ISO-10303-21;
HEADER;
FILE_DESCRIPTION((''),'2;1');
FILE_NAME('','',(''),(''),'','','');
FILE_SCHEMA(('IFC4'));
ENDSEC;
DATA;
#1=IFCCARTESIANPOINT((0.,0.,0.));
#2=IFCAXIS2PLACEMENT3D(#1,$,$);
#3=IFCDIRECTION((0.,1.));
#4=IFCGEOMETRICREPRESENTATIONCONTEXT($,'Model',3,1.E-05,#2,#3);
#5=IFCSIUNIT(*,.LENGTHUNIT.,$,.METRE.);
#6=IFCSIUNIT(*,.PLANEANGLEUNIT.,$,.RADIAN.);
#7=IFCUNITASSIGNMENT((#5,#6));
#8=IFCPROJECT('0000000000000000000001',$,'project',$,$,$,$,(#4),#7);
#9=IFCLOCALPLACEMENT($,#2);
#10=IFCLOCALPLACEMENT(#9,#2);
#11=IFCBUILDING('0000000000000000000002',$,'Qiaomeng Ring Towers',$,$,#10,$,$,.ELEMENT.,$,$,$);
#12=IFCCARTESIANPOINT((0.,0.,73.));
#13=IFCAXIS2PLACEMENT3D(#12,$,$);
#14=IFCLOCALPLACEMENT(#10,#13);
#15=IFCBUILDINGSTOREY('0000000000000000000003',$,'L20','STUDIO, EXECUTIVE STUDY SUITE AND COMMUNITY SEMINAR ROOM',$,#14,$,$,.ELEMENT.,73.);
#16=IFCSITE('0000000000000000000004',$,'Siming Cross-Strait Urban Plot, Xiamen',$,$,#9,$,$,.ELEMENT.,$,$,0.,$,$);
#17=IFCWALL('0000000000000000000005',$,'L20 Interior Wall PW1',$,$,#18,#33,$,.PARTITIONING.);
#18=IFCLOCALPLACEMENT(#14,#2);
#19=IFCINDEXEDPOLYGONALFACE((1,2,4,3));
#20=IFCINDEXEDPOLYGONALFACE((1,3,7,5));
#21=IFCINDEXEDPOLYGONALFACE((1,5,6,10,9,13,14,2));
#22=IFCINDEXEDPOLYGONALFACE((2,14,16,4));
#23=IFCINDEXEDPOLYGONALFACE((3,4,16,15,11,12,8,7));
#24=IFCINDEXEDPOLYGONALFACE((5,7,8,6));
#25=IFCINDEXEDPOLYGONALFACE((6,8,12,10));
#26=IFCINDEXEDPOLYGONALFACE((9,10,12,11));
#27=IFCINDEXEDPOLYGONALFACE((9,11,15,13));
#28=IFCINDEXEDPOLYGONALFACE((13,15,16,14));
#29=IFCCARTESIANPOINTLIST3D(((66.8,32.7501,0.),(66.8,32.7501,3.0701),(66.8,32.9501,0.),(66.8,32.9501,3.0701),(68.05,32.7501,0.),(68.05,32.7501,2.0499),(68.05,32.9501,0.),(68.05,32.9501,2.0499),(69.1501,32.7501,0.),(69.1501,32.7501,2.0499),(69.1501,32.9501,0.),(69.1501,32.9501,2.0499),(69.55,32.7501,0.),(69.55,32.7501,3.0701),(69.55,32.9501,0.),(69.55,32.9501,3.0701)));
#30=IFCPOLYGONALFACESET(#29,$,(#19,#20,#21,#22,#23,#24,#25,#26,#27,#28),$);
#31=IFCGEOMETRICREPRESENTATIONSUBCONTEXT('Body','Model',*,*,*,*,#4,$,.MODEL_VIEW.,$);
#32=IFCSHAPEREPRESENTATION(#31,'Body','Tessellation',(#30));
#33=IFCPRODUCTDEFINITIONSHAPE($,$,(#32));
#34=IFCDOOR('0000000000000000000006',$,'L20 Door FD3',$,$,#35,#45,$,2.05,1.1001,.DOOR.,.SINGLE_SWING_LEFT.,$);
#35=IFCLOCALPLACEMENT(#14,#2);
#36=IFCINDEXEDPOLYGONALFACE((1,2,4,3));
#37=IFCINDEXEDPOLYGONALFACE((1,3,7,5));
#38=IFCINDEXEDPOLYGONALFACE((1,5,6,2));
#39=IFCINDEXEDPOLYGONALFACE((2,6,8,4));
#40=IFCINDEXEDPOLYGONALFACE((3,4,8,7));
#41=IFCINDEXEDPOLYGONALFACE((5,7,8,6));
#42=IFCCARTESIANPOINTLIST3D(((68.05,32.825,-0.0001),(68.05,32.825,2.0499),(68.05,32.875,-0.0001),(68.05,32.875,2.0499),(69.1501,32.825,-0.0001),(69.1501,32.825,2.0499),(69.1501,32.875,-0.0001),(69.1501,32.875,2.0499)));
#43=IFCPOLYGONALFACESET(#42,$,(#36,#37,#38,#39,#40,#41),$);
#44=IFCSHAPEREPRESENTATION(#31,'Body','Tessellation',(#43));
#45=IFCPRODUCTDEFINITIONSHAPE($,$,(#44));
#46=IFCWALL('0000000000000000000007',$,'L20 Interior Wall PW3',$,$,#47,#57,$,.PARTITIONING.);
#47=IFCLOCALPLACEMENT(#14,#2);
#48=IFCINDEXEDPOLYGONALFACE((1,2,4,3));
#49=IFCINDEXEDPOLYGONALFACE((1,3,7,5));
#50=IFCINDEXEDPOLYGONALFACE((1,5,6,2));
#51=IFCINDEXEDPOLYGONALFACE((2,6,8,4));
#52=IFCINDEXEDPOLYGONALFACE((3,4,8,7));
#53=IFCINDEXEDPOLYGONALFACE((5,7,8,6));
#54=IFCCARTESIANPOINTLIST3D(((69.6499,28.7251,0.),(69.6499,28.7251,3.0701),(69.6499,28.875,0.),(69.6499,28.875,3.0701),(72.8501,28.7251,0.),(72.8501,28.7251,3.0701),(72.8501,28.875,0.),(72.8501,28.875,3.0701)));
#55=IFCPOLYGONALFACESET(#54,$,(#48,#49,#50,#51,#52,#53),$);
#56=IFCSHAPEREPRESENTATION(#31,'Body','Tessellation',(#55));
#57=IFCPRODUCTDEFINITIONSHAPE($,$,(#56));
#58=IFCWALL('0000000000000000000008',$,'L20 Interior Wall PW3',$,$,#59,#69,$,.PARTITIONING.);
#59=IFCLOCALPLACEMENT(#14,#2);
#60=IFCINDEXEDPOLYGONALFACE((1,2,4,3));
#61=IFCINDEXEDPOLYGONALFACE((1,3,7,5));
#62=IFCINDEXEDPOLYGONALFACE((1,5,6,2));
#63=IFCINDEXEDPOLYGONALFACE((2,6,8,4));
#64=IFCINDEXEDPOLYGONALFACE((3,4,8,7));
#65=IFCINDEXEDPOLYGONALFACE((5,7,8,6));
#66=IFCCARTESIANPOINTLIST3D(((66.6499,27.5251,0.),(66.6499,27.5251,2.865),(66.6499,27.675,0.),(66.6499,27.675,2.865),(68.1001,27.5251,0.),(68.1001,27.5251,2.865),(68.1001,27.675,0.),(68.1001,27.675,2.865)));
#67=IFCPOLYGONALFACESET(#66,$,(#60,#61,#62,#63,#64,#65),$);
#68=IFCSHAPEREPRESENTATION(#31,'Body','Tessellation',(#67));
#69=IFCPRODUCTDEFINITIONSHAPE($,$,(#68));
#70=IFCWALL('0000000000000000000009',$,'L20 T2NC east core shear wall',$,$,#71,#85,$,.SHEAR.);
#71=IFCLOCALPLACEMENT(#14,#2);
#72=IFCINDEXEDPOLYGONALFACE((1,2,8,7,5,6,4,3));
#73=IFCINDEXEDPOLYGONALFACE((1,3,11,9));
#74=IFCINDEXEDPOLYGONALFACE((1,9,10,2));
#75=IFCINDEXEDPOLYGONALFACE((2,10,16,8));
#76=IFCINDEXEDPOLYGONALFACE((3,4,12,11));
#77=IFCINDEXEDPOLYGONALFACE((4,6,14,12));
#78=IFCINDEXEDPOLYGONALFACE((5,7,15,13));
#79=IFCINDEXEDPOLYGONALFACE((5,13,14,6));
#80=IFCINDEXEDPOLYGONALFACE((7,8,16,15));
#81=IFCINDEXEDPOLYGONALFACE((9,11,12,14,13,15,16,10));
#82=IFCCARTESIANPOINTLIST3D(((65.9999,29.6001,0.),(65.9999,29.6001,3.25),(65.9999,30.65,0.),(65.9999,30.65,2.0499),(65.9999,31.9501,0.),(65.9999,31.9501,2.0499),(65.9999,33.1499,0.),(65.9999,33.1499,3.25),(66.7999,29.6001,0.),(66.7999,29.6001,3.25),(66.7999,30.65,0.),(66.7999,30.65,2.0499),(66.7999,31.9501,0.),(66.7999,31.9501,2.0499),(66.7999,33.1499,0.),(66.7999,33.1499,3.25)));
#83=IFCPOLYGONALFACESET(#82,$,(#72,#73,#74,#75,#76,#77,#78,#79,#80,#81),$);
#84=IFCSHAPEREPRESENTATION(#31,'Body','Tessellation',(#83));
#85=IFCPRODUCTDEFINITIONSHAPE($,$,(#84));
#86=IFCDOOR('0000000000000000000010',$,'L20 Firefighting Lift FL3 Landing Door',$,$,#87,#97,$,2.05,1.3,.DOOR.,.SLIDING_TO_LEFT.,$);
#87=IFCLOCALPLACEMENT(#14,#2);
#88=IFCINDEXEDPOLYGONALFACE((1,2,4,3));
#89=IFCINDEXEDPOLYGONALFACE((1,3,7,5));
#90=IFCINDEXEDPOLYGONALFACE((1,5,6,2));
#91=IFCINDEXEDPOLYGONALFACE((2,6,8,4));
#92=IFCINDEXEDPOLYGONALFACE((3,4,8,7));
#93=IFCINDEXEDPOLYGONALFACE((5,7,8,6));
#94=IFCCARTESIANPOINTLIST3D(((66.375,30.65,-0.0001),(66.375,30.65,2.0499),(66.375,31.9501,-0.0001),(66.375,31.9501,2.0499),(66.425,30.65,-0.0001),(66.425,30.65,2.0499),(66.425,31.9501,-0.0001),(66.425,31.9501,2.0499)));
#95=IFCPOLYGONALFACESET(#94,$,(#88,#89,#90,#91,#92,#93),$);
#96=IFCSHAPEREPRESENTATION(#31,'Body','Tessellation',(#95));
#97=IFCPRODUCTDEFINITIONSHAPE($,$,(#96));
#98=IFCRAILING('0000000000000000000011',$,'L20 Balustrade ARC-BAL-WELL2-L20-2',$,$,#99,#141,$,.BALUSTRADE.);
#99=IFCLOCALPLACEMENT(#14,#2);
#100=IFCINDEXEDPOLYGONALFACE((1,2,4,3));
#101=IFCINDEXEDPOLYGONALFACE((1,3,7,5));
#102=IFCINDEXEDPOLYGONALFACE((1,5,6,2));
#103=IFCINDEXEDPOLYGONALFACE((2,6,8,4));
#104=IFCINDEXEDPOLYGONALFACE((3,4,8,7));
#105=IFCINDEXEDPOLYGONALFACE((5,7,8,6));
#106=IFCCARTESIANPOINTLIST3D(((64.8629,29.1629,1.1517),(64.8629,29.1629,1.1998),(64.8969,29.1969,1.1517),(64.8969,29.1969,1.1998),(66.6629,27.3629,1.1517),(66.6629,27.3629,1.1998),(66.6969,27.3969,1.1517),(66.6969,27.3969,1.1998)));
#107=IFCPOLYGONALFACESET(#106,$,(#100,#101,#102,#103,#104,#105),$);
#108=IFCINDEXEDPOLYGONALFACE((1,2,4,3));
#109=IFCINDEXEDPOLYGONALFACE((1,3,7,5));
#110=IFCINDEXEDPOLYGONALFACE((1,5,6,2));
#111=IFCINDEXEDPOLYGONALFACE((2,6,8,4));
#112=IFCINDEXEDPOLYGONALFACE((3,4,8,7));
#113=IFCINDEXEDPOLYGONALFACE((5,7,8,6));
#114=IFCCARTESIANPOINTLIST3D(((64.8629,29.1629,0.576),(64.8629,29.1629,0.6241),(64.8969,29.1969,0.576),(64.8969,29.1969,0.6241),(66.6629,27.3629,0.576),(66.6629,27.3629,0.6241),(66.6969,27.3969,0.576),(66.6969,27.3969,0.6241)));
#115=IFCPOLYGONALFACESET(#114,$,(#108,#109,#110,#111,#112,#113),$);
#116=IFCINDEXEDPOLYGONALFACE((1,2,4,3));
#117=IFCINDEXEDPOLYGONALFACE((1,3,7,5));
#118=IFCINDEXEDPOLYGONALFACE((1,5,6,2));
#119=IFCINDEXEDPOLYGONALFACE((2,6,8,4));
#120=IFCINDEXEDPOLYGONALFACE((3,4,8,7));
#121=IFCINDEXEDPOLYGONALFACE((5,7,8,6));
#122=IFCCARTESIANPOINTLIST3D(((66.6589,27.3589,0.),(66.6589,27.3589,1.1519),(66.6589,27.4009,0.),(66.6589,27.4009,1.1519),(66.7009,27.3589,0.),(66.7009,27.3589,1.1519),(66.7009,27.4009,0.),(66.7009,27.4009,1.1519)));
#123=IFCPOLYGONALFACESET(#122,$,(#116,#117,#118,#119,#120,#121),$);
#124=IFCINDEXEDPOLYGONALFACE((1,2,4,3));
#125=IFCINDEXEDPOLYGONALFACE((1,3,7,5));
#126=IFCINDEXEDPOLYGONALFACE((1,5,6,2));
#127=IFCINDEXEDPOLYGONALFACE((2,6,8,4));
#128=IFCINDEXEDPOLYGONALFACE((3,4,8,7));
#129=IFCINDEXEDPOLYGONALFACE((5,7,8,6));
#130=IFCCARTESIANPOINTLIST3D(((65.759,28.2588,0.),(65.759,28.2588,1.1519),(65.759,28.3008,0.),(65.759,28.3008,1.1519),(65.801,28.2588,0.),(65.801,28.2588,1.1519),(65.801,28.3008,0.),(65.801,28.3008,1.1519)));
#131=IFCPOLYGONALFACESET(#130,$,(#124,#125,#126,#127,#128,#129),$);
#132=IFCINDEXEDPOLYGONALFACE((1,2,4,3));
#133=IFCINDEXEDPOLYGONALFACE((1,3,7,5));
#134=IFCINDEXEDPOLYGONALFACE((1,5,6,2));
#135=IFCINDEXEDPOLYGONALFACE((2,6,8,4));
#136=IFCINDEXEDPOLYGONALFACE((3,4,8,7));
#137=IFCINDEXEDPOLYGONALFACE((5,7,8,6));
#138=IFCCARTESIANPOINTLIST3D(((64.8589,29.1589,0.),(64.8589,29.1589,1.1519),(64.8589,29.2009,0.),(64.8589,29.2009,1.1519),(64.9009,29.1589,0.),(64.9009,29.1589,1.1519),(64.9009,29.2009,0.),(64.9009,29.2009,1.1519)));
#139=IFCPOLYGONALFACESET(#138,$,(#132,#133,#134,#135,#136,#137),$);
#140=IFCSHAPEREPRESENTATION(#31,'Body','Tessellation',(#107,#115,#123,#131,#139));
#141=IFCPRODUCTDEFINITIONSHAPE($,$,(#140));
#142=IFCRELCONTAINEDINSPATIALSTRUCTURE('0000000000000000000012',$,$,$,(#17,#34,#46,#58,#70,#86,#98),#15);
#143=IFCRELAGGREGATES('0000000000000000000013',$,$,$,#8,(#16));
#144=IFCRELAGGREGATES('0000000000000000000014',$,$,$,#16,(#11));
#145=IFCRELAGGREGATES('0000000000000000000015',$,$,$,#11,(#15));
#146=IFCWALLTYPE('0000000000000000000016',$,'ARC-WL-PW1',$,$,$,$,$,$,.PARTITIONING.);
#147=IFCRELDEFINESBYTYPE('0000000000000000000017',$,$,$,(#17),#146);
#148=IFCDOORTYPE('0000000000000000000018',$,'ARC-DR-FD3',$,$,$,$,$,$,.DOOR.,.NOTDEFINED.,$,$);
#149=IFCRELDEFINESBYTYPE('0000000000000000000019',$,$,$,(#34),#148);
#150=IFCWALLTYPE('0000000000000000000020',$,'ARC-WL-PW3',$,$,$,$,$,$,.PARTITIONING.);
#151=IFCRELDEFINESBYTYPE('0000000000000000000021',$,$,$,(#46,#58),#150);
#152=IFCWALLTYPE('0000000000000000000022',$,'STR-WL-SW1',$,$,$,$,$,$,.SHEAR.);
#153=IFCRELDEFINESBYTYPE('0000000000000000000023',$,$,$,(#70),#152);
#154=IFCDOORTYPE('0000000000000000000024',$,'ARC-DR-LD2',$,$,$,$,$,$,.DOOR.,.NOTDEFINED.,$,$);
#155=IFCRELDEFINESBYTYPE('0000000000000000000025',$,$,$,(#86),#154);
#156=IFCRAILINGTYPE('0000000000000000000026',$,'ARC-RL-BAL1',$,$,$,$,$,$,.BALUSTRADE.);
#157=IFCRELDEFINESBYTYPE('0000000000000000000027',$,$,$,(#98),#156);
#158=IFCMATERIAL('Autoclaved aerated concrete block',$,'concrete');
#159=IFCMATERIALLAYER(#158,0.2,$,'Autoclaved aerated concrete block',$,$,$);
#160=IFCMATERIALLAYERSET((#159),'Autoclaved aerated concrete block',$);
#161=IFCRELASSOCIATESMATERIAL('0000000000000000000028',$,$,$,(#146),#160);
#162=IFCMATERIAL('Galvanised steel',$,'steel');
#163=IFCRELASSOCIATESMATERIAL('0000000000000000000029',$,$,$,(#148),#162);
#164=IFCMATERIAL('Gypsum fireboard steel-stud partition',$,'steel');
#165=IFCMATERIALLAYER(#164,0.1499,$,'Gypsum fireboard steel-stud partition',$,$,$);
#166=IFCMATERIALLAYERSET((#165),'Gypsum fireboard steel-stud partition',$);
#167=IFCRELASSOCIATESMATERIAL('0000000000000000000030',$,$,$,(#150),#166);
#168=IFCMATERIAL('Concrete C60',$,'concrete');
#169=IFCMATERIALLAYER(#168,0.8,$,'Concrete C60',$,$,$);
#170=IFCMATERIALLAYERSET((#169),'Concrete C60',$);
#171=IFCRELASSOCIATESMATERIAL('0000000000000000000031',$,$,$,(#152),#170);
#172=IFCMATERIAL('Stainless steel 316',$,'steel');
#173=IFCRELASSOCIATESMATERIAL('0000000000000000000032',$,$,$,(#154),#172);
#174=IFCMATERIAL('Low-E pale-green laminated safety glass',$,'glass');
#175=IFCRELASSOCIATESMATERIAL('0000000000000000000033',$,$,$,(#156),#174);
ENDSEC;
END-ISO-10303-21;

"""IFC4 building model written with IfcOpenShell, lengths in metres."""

from ifc_helpers import new_model, si_unit, direction, frame, frame_2d, origin, origin_2d, place, context, subcontext, project, spatial, rectangle, extrude, source, transform, mapped, material, layer, layer_set, type_object, element, fill, save


model = new_model("IFC4")

# Units and contexts
model_context = context("Model", 3, precision=1e-05, world=origin(), true_north=direction((0.0, 1.0)))
body_context = subcontext(model_context, "Body", "Model", "MODEL_VIEW")
ifc_project = project(units=[si_unit("LENGTHUNIT", "METRE"), si_unit("PLANEANGLEUNIT", "RADIAN")], contexts=[model_context])

# Site, building, storey
site_placement = place(None, origin())
site = spatial("IfcSite", under=ifc_project, at=site_placement, Name="Siming Cross-Strait Urban Plot, Xiamen", CompositionType="ELEMENT", RefElevation=0.0)
building_placement = place(site_placement, origin())
building = spatial("IfcBuilding", under=site, at=building_placement, Name="Qiaomeng Ring Towers", CompositionType="ELEMENT")
storey_placement = place(building_placement, frame((0.0, 0.0, 73.0)))
storey = spatial("IfcBuildingStorey", under=building, at=storey_placement, Name="L20", Description="STUDIO, EXECUTIVE STUDY SUITE AND COMMUNITY SEMINAR ROOM", CompositionType="ELEMENT", Elevation=73.0)

# Shared definitions
ifc_material_1 = material(Name="Autoclaved aerated concrete block", Category="concrete")
ifc_layer_1 = layer(ifc_material_1, 0.2, Name="Autoclaved aerated concrete block")
ifc_layer_set_1 = layer_set([ifc_layer_1], Name="Autoclaved aerated concrete block")
wall_type_1 = type_object("IfcWallType", Name="ARC-WL-PW1", PredefinedType="PARTITIONING", material=ifc_layer_set_1)

# Wall, opening, door
wall_1_placement = place(storey_placement, frame((66.8, 32.8501, 0.0), z_axis=(0.0, 0.0, 1.0), x_axis=(1.0, 0.0, 0.0)))
wall_1 = element("IfcWall", 1, at=wall_1_placement, inside=storey, type_object=wall_type_1, Name="L20 Interior Wall PW1", PredefinedType="PARTITIONING", context=body_context, shape_type="SweptSolid", body=[
    extrude(rectangle(XDim=2.75, YDim=0.2, at=frame_2d((1.375, 0.0))), origin(), (0.0, 0.0, 1.0), 3.0701),
])
opening_1_placement = place(wall_1_placement, frame((1.25, 0.0, 0.0)))
opening_1 = element("IfcOpeningElement", 2, at=opening_1_placement, cuts=wall_1, PredefinedType="OPENING", context=body_context, shape_type="SweptSolid", body=[
    extrude(rectangle(XDim=1.1001, YDim=2.05, at=frame_2d((0.55, 1.0249))), frame((0.0, 0.1099, 0.0), z_axis=(0.0, -1.0, 0.0), x_axis=(1.0, 0.0, 0.0)), (0.0, 0.0, 1.0), 0.22),
])
ifc_material_2 = material(Name="Galvanised steel", Category="steel")
door_type_1 = type_object("IfcDoorType", Name="ARC-DR-FD3", OperationType="NOTDEFINED", PredefinedType="DOOR", material=ifc_material_2)
shared_shape_1 = source(origin(), body_context, "Body", "SweptSolid", [
    extrude(rectangle(XDim=1.1001, YDim=2.05, at=frame_2d((0.55, 1.0249))), frame((0.0, 0.0249, 0.0), z_axis=(0.0, -1.0, 0.0), x_axis=(1.0, 0.0, 0.0)), (0.0, 0.0, 1.0), 0.05),
])
door_1_placement = place(opening_1_placement, origin())
door_1 = element("IfcDoor", 3, at=door_1_placement, inside=storey, type_object=door_type_1, Name="L20 Door FD3", OperationType="SINGLE_SWING_LEFT", OverallHeight=2.05, OverallWidth=1.1001, PredefinedType="DOOR", context=body_context, shape_type="MappedRepresentation", body=[
    mapped(shared_shape_1, transform((0.0, 0.0, 0.0), x_axis=(1.0, 0.0, 0.0), y_axis=(0.0, 1.0, 0.0), z_axis=(0.0, 0.0, 1.0), scale=1.0)),
])
fill(opening_1, door_1)

# Walls
ifc_material_3 = material(Name="Gypsum fireboard steel-stud partition", Category="steel")
ifc_layer_2 = layer(ifc_material_3, 0.1499, Name="Gypsum fireboard steel-stud partition")
ifc_layer_set_2 = layer_set([ifc_layer_2], Name="Gypsum fireboard steel-stud partition")
wall_type_2 = type_object("IfcWallType", Name="ARC-WL-PW3", PredefinedType="PARTITIONING", material=ifc_layer_set_2)
wall_2_placement = place(storey_placement, frame((69.6499, 28.8, 0.0), z_axis=(0.0, 0.0, 1.0), x_axis=(1.0, 0.0, 0.0)))
element("IfcWall", 4, at=wall_2_placement, inside=storey, type_object=wall_type_2, Name="L20 Interior Wall PW3", PredefinedType="PARTITIONING", context=body_context, shape_type="SweptSolid", body=[
    extrude(rectangle(XDim=3.2002, YDim=0.1499, at=frame_2d((1.6001, 0.0))), origin(), (0.0, 0.0, 1.0), 3.0701),
])
wall_3_placement = place(storey_placement, frame((66.6499, 27.6001, 0.0), z_axis=(0.0, 0.0, 1.0), x_axis=(1.0, 0.0, 0.0)))
element("IfcWall", 5, at=wall_3_placement, inside=storey, type_object=wall_type_2, Name="L20 Interior Wall PW3", PredefinedType="PARTITIONING", context=body_context, shape_type="SweptSolid", body=[
    extrude(rectangle(XDim=1.4502, YDim=0.1499, at=frame_2d((0.7251, 0.0))), origin(), (0.0, 0.0, 1.0), 2.865),
])

# Wall, opening, door
ifc_material_4 = material(Name="Concrete C60", Category="concrete")
ifc_layer_3 = layer(ifc_material_4, 0.8, Name="Concrete C60")
ifc_layer_set_3 = layer_set([ifc_layer_3], Name="Concrete C60")
wall_type_3 = type_object("IfcWallType", Name="STR-WL-SW1", PredefinedType="SHEAR", material=ifc_layer_set_3)
wall_4_placement = place(storey_placement, frame((66.3999, 29.6001, 0.0), z_axis=(0.0, 0.0, 1.0), x_axis=(0.0, 1.0, 0.0)))
wall_4 = element("IfcWall", 6, at=wall_4_placement, inside=storey, type_object=wall_type_3, Name="L20 T2NC east core shear wall", PredefinedType="SHEAR", context=body_context, shape_type="SweptSolid", body=[
    extrude(rectangle(XDim=3.5498, YDim=0.8, at=frame_2d((1.7749, 0.0))), origin(), (0.0, 0.0, 1.0), 3.25),
])
opening_2_placement = place(wall_4_placement, frame((1.05, 0.0, 0.0)))
opening_2 = element("IfcOpeningElement", 7, at=opening_2_placement, cuts=wall_4, PredefinedType="OPENING", context=body_context, shape_type="SweptSolid", body=[
    extrude(rectangle(XDim=1.3, YDim=2.05, at=frame_2d((0.6499, 1.0249))), frame((0.0, 0.4099, 0.0), z_axis=(0.0, -1.0, 0.0), x_axis=(1.0, 0.0, 0.0)), (0.0, 0.0, 1.0), 0.8201),
])
ifc_material_5 = material(Name="Stainless steel 316", Category="steel")
door_type_2 = type_object("IfcDoorType", Name="ARC-DR-LD2", OperationType="NOTDEFINED", PredefinedType="DOOR", material=ifc_material_5)
shared_shape_2 = source(origin(), body_context, "Body", "SweptSolid", [
    extrude(rectangle(XDim=1.3, YDim=2.05, at=frame_2d((0.6499, 1.0249))), frame((0.0, 0.0249, 0.0), z_axis=(0.0, -1.0, 0.0), x_axis=(1.0, 0.0, 0.0)), (0.0, 0.0, 1.0), 0.05),
])
door_2_placement = place(opening_2_placement, origin())
door_2 = element("IfcDoor", 8, at=door_2_placement, inside=storey, type_object=door_type_2, Name="L20 Firefighting Lift FL3 Landing Door", OperationType="SLIDING_TO_LEFT", OverallHeight=2.05, OverallWidth=1.3, PredefinedType="DOOR", context=body_context, shape_type="MappedRepresentation", body=[
    mapped(shared_shape_2, transform((0.0, 0.0, 0.0), x_axis=(1.0, 0.0, 0.0), y_axis=(0.0, 1.0, 0.0), z_axis=(0.0, 0.0, 1.0), scale=1.0)),
])
fill(opening_2, door_2)

# Railing
ifc_material_6 = material(Name="Low-E pale-green laminated safety glass", Category="glass")
railing_type = type_object("IfcRailingType", Name="ARC-RL-BAL1", PredefinedType="BALUSTRADE", material=ifc_material_6)
railing_1_placement = place(storey_placement, frame((66.6799, 27.3799, 0.0)))
element("IfcRailing", 9, at=railing_1_placement, inside=storey, type_object=railing_type, Name="L20 Balustrade ARC-BAL-WELL2-L20-2", PredefinedType="BALUSTRADE", context=body_context, shape_type="SweptSolid", body=[
    extrude(rectangle(XDim=0.0481, YDim=0.0481, at=origin_2d()), frame((0.0, 0.0, 1.1758), z_axis=(-0.707107, 0.707107, 0.0), x_axis=(-0.707107, -0.707107, 0.0)), (0.0, 0.0, 1.0), 2.5457),
    extrude(rectangle(XDim=0.0481, YDim=0.0481, at=origin_2d()), frame((0.0, 0.0, 0.6001), z_axis=(-0.707107, 0.707107, 0.0), x_axis=(-0.707107, -0.707107, 0.0)), (0.0, 0.0, 1.0), 2.5457),
    extrude(rectangle(XDim=0.042, YDim=0.042, at=origin_2d()), origin(), (0.0, 0.0, 1.0), 1.1519),
    extrude(rectangle(XDim=0.042, YDim=0.042, at=origin_2d()), frame((-0.8999, 0.8999, 0.0)), (0.0, 0.0, 1.0), 1.1519),
    extrude(rectangle(XDim=0.042, YDim=0.042, at=origin_2d()), frame((-1.8, 1.8, 0.0)), (0.0, 0.0, 1.0), 1.1519),
])

save(model, "model.ifc")
